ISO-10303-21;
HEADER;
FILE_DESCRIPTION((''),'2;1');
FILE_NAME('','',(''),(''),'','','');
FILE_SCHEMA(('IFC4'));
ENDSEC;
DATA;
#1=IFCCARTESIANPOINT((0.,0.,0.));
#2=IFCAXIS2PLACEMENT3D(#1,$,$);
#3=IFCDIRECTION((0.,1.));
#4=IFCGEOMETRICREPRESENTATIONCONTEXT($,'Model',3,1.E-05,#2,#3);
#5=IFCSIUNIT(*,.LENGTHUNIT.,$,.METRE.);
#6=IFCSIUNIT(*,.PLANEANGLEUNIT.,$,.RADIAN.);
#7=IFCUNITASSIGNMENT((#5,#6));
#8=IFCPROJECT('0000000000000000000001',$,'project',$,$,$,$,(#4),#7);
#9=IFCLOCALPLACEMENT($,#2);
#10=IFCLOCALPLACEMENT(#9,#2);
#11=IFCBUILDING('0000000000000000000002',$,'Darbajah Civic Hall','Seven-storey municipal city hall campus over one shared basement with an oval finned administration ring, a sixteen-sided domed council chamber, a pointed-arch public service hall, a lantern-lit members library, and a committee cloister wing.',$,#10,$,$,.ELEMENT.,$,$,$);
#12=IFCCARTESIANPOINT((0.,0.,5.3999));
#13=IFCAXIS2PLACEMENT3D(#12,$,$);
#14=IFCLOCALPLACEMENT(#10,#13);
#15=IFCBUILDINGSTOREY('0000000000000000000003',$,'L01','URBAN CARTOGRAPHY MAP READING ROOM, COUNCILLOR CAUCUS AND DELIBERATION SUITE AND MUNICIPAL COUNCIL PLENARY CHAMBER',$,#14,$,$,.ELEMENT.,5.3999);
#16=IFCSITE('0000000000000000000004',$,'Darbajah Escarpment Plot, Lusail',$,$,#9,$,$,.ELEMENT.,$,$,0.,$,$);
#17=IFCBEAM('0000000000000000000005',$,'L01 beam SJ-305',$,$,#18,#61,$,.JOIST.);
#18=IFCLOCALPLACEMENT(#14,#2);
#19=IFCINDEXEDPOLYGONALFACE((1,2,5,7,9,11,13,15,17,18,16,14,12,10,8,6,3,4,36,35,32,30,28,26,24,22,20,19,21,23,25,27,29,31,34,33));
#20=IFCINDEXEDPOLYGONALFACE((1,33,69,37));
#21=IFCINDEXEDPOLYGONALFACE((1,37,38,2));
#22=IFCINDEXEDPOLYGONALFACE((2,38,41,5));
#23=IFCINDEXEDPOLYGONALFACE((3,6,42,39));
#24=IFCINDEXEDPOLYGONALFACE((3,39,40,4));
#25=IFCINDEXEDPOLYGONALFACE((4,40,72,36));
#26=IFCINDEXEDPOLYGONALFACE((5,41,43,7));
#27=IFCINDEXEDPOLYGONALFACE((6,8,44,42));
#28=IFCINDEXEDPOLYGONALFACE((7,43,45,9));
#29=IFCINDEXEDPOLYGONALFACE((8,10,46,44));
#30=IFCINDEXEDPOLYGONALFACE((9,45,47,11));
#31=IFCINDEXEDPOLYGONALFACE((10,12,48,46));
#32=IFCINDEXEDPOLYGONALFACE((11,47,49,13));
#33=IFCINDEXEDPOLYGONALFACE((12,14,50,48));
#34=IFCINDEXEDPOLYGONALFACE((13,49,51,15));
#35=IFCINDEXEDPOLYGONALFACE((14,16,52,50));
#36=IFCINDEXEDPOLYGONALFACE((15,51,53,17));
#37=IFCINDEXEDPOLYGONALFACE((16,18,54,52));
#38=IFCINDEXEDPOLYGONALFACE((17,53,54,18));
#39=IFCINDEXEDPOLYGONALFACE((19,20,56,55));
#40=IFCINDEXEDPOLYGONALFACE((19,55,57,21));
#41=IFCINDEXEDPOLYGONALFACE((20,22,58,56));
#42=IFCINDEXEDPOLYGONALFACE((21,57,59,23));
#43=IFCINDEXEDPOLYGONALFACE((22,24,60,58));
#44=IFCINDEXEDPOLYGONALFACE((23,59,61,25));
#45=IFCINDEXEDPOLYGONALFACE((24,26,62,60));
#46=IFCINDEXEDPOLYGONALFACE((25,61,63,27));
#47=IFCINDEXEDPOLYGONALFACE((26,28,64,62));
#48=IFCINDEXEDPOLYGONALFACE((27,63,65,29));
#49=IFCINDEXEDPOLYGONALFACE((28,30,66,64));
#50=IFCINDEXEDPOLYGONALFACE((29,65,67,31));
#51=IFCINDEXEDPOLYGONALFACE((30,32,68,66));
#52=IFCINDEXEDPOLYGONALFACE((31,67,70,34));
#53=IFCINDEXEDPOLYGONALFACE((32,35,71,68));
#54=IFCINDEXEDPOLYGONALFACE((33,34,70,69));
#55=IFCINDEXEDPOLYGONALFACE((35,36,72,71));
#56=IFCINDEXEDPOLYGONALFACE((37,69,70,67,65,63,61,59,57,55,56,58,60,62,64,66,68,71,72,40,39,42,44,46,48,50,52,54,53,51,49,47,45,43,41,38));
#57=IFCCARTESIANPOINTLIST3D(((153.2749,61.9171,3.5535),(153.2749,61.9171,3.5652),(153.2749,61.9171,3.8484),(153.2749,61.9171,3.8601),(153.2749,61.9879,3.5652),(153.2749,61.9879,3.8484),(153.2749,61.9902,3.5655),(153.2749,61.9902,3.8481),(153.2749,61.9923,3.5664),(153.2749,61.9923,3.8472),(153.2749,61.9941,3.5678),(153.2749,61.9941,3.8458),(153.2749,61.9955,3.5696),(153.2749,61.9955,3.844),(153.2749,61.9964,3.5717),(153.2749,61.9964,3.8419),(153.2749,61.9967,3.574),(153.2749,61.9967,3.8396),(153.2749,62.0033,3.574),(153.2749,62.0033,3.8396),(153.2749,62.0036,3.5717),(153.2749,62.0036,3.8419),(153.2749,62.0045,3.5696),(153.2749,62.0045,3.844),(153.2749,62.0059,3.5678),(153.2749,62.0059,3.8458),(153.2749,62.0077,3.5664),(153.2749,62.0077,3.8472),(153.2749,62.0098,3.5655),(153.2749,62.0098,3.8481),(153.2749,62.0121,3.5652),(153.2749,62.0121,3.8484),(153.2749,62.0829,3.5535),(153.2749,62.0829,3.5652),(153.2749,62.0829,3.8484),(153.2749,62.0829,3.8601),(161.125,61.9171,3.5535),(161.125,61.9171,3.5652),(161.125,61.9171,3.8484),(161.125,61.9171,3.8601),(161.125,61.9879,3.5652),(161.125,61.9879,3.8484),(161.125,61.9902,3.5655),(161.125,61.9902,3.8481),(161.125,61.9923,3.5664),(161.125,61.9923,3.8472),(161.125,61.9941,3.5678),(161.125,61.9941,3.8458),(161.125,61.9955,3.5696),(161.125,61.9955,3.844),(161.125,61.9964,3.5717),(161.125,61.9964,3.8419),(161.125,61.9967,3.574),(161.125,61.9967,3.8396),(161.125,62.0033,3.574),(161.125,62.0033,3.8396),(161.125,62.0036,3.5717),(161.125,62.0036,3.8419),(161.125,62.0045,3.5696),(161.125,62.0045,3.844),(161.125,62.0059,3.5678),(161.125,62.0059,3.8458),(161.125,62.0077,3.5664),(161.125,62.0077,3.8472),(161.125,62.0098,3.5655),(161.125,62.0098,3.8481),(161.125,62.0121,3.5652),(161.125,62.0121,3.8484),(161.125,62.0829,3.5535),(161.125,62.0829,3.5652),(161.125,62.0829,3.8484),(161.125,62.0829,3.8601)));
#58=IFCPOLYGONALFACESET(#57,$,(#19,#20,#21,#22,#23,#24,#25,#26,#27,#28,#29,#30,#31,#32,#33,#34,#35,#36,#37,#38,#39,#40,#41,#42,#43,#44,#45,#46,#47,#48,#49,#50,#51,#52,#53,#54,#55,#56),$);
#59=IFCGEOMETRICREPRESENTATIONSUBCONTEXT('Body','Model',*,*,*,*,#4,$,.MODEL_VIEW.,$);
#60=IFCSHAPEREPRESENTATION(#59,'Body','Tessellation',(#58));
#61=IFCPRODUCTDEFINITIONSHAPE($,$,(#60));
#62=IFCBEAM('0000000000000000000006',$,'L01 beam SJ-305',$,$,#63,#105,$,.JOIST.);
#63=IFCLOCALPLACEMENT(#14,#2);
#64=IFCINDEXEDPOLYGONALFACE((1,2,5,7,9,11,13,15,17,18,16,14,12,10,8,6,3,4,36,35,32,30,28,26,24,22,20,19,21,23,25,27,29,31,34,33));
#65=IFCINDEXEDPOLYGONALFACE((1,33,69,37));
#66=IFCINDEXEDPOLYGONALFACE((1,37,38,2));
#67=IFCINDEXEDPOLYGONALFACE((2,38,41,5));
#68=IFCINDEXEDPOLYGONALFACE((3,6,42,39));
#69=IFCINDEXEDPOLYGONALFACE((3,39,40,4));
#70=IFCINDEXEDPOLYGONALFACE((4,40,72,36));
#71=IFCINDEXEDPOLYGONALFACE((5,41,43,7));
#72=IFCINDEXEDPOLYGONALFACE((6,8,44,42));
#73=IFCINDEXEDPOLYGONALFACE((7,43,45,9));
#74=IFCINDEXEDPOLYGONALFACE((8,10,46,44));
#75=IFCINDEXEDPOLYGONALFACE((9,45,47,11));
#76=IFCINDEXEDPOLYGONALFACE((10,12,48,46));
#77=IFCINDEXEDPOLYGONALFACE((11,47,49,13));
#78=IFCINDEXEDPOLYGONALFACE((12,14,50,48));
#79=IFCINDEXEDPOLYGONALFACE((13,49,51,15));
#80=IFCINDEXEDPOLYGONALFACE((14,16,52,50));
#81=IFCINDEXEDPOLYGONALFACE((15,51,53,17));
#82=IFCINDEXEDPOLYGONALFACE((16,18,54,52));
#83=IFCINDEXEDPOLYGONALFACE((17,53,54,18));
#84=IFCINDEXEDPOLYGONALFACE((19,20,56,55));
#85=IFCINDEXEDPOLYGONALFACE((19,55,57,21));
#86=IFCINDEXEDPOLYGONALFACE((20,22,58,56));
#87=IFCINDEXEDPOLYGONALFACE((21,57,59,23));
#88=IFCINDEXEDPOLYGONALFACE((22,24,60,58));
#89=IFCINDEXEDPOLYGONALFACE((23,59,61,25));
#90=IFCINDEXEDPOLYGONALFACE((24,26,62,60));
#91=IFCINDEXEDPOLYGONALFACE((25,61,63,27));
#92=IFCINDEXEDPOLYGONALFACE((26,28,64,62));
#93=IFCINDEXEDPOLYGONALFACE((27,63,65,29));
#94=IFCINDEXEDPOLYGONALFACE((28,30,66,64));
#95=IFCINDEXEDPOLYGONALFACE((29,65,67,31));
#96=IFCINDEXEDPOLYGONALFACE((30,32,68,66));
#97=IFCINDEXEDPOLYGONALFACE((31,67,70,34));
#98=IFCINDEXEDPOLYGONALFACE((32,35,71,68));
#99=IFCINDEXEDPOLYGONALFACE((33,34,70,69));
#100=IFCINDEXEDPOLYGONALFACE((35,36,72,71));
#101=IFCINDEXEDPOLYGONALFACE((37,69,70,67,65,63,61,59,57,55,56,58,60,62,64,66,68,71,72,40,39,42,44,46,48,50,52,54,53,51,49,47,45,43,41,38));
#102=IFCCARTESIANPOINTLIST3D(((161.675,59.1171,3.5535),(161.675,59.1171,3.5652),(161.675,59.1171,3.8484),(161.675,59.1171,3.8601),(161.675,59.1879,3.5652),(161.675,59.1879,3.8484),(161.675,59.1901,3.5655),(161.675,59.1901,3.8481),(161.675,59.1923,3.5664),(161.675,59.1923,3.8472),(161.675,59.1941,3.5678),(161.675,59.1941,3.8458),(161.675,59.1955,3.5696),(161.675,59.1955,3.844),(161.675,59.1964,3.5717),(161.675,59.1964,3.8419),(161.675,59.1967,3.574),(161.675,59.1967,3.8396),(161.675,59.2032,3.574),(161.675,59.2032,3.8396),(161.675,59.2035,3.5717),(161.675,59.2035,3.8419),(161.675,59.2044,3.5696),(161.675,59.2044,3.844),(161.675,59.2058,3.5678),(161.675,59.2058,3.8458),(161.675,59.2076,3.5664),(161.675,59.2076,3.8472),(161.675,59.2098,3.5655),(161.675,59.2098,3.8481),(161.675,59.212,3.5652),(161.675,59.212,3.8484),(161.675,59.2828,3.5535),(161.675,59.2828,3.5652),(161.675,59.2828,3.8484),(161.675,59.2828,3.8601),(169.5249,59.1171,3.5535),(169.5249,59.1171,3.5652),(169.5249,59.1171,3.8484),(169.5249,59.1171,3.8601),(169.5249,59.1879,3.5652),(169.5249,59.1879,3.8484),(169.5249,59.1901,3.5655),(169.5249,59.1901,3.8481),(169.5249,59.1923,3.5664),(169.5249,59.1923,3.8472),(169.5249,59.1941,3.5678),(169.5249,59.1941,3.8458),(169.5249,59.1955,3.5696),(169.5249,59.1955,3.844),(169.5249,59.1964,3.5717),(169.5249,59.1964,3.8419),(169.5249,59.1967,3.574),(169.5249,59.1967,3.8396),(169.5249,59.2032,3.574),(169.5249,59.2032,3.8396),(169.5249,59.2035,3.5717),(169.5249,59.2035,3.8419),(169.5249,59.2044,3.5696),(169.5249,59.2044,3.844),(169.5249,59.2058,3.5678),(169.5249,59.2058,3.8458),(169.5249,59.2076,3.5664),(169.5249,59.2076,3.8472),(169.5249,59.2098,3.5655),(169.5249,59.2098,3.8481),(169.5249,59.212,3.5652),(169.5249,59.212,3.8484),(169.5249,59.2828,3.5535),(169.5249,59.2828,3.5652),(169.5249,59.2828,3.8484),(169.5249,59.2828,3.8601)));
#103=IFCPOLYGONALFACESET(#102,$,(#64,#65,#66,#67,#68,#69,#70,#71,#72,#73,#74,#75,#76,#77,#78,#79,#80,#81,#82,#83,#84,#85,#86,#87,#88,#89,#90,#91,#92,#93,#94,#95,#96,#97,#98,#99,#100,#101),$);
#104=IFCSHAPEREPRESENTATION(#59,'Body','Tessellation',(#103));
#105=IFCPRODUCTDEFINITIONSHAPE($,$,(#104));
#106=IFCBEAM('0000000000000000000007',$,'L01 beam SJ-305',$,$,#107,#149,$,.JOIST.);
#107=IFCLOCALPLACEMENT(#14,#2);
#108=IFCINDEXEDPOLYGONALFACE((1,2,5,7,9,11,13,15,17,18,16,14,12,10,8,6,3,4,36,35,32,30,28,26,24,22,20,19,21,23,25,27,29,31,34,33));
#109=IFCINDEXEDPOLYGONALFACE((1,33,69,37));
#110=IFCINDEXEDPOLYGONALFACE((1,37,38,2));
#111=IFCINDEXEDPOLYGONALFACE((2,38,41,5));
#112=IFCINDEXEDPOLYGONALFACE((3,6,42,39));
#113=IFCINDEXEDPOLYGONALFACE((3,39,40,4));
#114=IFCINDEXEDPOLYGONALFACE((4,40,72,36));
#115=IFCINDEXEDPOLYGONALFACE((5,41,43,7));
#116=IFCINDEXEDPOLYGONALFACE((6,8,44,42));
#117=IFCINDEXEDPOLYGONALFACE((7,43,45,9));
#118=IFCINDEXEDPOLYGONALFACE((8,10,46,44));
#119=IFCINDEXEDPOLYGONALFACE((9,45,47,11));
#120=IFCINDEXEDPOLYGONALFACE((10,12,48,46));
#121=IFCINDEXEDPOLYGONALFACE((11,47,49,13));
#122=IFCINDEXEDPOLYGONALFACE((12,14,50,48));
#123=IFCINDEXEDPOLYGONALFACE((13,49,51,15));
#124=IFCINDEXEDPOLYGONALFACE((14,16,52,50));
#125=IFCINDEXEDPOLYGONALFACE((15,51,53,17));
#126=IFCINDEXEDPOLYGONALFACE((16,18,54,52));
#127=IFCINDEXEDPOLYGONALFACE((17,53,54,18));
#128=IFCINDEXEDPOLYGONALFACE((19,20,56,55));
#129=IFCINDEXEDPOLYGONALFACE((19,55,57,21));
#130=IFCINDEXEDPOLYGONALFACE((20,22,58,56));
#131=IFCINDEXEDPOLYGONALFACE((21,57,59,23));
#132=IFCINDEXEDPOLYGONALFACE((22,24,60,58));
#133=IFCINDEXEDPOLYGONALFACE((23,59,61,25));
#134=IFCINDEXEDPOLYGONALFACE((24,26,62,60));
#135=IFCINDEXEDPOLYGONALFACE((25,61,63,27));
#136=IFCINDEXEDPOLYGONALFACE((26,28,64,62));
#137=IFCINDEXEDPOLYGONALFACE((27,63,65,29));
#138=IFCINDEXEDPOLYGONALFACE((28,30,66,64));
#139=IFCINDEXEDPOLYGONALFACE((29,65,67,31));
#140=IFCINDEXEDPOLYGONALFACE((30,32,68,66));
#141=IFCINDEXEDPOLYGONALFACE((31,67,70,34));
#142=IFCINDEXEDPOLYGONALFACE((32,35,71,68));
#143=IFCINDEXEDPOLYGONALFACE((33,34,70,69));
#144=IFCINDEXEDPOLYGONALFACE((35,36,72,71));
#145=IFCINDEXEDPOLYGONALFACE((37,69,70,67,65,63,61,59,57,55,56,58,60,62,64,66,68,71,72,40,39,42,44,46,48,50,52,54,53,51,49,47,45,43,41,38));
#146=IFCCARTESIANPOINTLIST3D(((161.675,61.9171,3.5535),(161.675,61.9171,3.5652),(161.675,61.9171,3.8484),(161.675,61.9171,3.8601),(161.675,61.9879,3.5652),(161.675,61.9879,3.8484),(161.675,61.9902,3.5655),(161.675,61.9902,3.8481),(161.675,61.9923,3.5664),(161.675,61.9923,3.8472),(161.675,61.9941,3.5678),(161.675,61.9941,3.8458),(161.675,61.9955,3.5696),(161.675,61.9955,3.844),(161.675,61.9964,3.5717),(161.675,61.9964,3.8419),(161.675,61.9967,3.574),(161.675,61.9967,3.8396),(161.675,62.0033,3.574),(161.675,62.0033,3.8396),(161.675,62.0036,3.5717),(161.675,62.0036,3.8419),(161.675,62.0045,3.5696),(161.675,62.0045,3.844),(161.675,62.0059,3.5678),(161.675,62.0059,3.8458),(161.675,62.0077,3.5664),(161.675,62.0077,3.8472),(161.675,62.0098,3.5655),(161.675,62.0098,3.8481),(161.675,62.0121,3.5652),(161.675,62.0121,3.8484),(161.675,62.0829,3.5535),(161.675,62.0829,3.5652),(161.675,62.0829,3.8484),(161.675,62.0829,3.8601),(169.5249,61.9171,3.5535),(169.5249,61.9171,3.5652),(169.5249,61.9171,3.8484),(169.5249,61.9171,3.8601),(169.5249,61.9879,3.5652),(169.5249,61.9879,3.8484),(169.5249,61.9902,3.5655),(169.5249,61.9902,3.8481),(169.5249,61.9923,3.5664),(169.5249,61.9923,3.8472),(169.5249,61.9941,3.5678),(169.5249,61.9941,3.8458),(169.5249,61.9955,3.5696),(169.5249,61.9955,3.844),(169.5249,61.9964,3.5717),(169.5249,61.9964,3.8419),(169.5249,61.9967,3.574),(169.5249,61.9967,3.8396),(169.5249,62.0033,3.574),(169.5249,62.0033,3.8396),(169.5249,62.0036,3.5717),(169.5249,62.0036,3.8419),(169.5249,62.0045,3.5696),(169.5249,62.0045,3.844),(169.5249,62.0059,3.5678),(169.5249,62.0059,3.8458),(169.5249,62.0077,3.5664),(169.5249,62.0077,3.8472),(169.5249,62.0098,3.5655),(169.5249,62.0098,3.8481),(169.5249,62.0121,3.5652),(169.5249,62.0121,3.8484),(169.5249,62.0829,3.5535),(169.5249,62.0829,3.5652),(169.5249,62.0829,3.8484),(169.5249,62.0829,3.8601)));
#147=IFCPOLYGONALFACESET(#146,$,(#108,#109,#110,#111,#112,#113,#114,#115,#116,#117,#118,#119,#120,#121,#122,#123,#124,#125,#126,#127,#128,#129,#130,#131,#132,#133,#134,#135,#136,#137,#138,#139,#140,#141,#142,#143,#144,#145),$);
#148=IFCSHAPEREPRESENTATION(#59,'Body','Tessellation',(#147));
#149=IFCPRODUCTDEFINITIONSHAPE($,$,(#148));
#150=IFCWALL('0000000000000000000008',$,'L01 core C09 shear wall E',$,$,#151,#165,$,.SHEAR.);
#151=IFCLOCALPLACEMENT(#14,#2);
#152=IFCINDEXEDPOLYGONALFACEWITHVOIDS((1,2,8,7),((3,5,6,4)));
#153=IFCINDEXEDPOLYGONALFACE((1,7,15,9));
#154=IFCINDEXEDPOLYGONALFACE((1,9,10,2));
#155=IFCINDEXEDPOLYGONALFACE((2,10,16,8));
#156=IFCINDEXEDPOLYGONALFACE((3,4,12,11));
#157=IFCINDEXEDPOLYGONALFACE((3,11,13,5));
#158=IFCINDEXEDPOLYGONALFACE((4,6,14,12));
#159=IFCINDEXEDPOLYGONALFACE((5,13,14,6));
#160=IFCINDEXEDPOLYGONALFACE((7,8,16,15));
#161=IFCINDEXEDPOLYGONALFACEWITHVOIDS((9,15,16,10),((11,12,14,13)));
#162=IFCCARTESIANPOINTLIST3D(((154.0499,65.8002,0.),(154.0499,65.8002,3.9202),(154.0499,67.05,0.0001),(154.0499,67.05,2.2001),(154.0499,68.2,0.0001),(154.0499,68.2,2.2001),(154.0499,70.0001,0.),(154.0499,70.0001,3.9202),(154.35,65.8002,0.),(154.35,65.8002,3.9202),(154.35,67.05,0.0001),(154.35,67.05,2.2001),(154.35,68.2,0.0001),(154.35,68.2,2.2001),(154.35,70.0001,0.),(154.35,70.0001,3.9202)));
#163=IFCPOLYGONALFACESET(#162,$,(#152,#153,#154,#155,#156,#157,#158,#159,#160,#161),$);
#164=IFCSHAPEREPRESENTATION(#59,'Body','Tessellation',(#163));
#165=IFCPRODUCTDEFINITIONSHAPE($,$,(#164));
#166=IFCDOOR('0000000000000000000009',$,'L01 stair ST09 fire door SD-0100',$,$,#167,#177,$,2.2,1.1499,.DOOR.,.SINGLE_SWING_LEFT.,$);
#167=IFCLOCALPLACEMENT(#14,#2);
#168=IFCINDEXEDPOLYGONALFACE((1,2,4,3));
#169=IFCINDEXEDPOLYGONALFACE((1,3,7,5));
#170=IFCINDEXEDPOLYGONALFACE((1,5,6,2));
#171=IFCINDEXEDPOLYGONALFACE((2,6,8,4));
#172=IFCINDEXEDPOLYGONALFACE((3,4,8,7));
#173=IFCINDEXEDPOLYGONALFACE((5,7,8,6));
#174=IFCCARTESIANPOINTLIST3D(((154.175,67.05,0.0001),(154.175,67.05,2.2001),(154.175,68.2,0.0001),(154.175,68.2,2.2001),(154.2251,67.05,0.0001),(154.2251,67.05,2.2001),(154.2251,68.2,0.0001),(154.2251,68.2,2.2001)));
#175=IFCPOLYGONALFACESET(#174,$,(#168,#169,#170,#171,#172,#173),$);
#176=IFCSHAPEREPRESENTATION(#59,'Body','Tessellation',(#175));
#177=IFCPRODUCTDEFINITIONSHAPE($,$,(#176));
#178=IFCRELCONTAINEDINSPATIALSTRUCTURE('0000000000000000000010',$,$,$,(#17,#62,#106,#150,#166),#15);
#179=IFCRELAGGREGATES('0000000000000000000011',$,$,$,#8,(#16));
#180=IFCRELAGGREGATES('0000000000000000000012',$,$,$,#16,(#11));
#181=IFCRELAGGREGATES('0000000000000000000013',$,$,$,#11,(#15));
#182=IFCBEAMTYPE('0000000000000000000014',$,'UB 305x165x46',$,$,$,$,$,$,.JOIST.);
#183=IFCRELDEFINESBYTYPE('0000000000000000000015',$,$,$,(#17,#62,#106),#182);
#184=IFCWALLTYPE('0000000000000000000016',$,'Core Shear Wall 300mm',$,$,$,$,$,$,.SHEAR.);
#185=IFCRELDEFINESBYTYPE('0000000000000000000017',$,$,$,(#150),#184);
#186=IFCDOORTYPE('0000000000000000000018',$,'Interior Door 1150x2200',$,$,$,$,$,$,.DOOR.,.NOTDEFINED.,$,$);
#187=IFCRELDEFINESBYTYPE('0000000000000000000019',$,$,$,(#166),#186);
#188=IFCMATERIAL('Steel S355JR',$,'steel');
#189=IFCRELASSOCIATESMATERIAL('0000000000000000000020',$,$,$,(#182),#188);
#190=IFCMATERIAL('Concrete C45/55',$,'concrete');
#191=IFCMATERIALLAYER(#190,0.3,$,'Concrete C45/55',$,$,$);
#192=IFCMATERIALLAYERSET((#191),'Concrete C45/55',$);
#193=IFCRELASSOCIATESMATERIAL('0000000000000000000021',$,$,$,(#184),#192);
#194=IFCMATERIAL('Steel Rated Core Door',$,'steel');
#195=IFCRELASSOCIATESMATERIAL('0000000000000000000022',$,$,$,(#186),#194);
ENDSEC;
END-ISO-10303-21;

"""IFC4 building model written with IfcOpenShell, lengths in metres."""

from ifc_helpers import new_model, si_unit, direction, frame, frame_2d, origin, origin_2d, place, context, subcontext, project, spatial, rectangle, i_section, extrude, material, layer, layer_set, material_profile, profile_set, type_object, element, fill, save


model = new_model("IFC4")

# Units and contexts
model_context = context("Model", 3, precision=1e-05, world=origin(), true_north=direction((0.0, 1.0)))
body_context = subcontext(model_context, "Body", "Model", "MODEL_VIEW")
ifc_project = project(units=[si_unit("LENGTHUNIT", "METRE"), si_unit("PLANEANGLEUNIT", "RADIAN")], contexts=[model_context])

# Site, building, storey
site_placement = place(None, origin())
site = spatial("IfcSite", under=ifc_project, at=site_placement, Name="Darbajah Escarpment Plot, Lusail", CompositionType="ELEMENT", RefElevation=0.0)
building_placement = place(site_placement, origin())
building = spatial("IfcBuilding", under=site, at=building_placement, Name="Darbajah Civic Hall", Description="Seven-storey municipal city hall campus over one shared basement with an oval finned administration ring, a sixteen-sided domed council chamber, a pointed-arch public service hall, a lantern-lit members library, and a committee cloister wing.", CompositionType="ELEMENT")
storey_placement = place(building_placement, frame((0.0, 0.0, 5.3999)))
storey = spatial("IfcBuildingStorey", under=building, at=storey_placement, Name="L01", Description="URBAN CARTOGRAPHY MAP READING ROOM, COUNCILLOR CAUCUS AND DELIBERATION SUITE AND MUNICIPAL COUNCIL PLENARY CHAMBER", CompositionType="ELEMENT", Elevation=5.3999)

# Beams
ifc_material_1 = material(Name="Concrete C45/55", Category="concrete")
ifc_material_2 = material(Name="Steel S355JR", Category="steel")
ifc_material_profile_1 = material_profile(ifc_material_2, i_section(OverallWidth=0.1658, OverallDepth=0.3066, WebThickness=0.0066, FlangeThickness=0.0117, FilletRadius=0.0088, at=origin_2d()), Name="UB 305x165x46")
ifc_profile_set_1 = profile_set([ifc_material_profile_1], Name="Steel S355JR")
beam_type_1 = type_object("IfcBeamType", Name="UB 305x165x46", PredefinedType="JOIST", material=ifc_profile_set_1)
for number, where, z_axis, x_axis, name in (
    (1, (153.2749, 62.0, 3.7068), (1.0, 0.0, 0.0), (0.0, 1.0, 0.0), "L01 beam SJ-305"),
):
    element("IfcBeam", number, at=place(storey_placement, frame(where, z_axis=z_axis, x_axis=x_axis)), inside=storey, type_object=beam_type_1, Name=name, PredefinedType="JOIST", context=body_context, shape_type="SweptSolid", body=[
        extrude(i_section(OverallWidth=0.1658, OverallDepth=0.3066, WebThickness=0.0066, FlangeThickness=0.0117, FilletRadius=0.0088, at=origin_2d()), origin(), (0.0, 0.0, 1.0), 7.8501),
    ])
for number, where, z_axis, x_axis, name in (
    (2, (161.675, 59.2, 3.7068), (1.0, 0.0, 0.0), (0.0, 1.0, 0.0), "L01 beam SJ-305"),
    (3, (161.675, 62.0, 3.7068), (1.0, 0.0, 0.0), (0.0, 1.0, 0.0), "L01 beam SJ-305"),
):
    element("IfcBeam", number, at=place(storey_placement, frame(where, z_axis=z_axis, x_axis=x_axis)), inside=storey, type_object=beam_type_1, Name=name, PredefinedType="JOIST", context=body_context, shape_type="SweptSolid", body=[
        extrude(i_section(OverallWidth=0.1658, OverallDepth=0.3066, WebThickness=0.0066, FlangeThickness=0.0117, FilletRadius=0.0088, at=origin_2d()), origin(), (0.0, 0.0, 1.0), 7.8499),
    ])

# Wall, opening, door
ifc_layer_1 = layer(ifc_material_1, 0.3, Name="Concrete C45/55")
ifc_layer_set_1 = layer_set([ifc_layer_1], Name="Concrete C45/55")
wall_type_1 = type_object("IfcWallType", Name="Core Shear Wall 300mm", PredefinedType="SHEAR", material=ifc_layer_set_1)
wall_1_placement = place(storey_placement, frame((154.2, 65.8, 0.0), z_axis=(0.0, 0.0, 1.0), x_axis=(0.0, 1.0, 0.0)))
wall_1 = element("IfcWall", 4, at=wall_1_placement, inside=storey, type_object=wall_type_1, Name="L01 core C09 shear wall E", PredefinedType="SHEAR", context=body_context, shape_type="SweptSolid", body=[
    extrude(rectangle(XDim=4.2, YDim=0.3, at=frame_2d((2.1001, 0.0))), origin(), (0.0, 0.0, 1.0), 3.9202),
])
opening_1_placement = place(wall_1_placement, frame((1.25, 0.0, 0.0)))
opening_1 = element("IfcOpeningElement", 5, at=opening_1_placement, cuts=wall_1, PredefinedType="OPENING", context=body_context, shape_type="SweptSolid", body=[
    extrude(rectangle(XDim=1.1499, YDim=2.2, at=frame_2d((0.575, 1.1001))), frame((0.0, 0.1599, 0.0), z_axis=(0.0, -1.0, 0.0), x_axis=(1.0, 0.0, 0.0)), (0.0, 0.0, 1.0), 0.3201),
])
ifc_material_3 = material(Name="Steel Rated Core Door", Category="steel")
door_type_1 = type_object("IfcDoorType", Name="Interior Door 1150x2200", OperationType="NOTDEFINED", PredefinedType="DOOR", material=ifc_material_3)
door_1_placement = place(opening_1_placement, origin())
door_1 = element("IfcDoor", 6, at=door_1_placement, inside=storey, type_object=door_type_1, Name="L01 stair ST09 fire door SD-0100", OperationType="SINGLE_SWING_LEFT", OverallHeight=2.2, OverallWidth=1.1499, PredefinedType="DOOR", context=body_context, shape_type="SweptSolid", body=[
    extrude(rectangle(XDim=1.1499, YDim=2.2, at=frame_2d((0.575, 1.1001))), frame((0.0, 0.0249, 0.0), z_axis=(0.0, -1.0, 0.0), x_axis=(1.0, 0.0, 0.0)), (0.0, 0.0, 1.0), 0.05),
])
fill(opening_1, door_1)

save(model, "model.ifc")
